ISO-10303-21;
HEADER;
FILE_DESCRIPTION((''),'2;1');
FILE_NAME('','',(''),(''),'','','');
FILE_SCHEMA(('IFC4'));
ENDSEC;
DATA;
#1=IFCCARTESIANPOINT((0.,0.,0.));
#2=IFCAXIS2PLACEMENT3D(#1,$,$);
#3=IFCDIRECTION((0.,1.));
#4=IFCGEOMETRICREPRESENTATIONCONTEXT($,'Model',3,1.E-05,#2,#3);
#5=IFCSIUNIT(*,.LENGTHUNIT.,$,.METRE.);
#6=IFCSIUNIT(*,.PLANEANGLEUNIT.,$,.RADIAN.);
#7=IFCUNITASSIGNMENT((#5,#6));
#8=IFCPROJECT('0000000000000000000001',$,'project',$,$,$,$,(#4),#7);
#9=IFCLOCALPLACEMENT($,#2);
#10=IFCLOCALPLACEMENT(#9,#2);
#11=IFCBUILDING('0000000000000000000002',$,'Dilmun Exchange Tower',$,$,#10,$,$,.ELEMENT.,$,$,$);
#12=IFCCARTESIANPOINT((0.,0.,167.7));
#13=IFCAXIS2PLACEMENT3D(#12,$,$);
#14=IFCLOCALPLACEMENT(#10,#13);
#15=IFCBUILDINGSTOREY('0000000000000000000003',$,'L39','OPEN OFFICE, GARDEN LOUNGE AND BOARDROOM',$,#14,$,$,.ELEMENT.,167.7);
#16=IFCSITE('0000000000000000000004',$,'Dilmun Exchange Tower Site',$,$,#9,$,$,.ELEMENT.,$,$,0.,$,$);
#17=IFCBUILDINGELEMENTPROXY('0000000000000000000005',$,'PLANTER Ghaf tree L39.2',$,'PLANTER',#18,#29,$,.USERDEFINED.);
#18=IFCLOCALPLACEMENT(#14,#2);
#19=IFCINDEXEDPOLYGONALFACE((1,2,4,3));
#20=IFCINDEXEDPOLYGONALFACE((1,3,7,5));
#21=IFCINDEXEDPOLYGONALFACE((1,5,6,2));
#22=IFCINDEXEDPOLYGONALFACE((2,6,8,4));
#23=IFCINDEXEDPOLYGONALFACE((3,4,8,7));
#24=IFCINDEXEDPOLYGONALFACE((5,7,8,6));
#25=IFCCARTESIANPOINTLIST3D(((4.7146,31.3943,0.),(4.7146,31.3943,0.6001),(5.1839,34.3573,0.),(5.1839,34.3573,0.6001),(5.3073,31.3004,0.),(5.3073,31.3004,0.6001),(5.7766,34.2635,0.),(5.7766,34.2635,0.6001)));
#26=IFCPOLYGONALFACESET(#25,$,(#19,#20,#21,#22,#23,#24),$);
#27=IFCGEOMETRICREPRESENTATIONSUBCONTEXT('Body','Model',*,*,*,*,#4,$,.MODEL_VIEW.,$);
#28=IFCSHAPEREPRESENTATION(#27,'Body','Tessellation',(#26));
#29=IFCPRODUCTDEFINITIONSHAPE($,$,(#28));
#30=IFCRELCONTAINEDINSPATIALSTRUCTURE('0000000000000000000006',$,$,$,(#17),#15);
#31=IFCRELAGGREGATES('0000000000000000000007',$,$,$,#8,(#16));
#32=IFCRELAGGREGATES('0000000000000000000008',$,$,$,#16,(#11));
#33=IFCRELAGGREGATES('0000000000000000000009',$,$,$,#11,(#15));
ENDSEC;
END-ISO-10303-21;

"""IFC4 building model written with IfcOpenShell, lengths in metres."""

from ifc_helpers import new_model, si_unit, direction, frame, origin, origin_2d, place, context, subcontext, project, spatial, rectangle, extrude, element, save


model = new_model("IFC4")

# Units and contexts
model_context = context("Model", 3, precision=1e-05, world=origin(), true_north=direction((0.0, 1.0)))
body_context = subcontext(model_context, "Body", "Model", "MODEL_VIEW")
ifc_project = project(units=[si_unit("LENGTHUNIT", "METRE"), si_unit("PLANEANGLEUNIT", "RADIAN")], contexts=[model_context])

# Site, building, storey
site_placement = place(None, origin())
site = spatial("IfcSite", under=ifc_project, at=site_placement, Name="Dilmun Exchange Tower Site", CompositionType="ELEMENT", RefElevation=0.0)
building_placement = place(site_placement, origin())
building = spatial("IfcBuilding", under=site, at=building_placement, Name="Dilmun Exchange Tower", CompositionType="ELEMENT")
storey_placement = place(building_placement, frame((0.0, 0.0, 167.7)))
storey = spatial("IfcBuildingStorey", under=building, at=storey_placement, Name="L39", Description="OPEN OFFICE, GARDEN LOUNGE AND BOARDROOM", CompositionType="ELEMENT", Elevation=167.7)

# Building element proxy
for number, where, z_axis, x_axis, name in (
    (1, (5.2456, 32.8289, 0.0), (0.0, 0.0, 1.0), (0.156434, 0.987688, 0.0), "PLANTER Ghaf tree L39.2"),
):
    element("IfcBuildingElementProxy", number, at=place(storey_placement, frame(where, z_axis=z_axis, x_axis=x_axis)), inside=storey, Name=name, ObjectType="PLANTER", PredefinedType="USERDEFINED", context=body_context, shape_type="SweptSolid", body=[
        extrude(rectangle(XDim=3.0, YDim=0.6001, at=origin_2d()), origin(), (0.0, 0.0, 1.0), 0.6001),
    ])

save(model, "model.ifc")
